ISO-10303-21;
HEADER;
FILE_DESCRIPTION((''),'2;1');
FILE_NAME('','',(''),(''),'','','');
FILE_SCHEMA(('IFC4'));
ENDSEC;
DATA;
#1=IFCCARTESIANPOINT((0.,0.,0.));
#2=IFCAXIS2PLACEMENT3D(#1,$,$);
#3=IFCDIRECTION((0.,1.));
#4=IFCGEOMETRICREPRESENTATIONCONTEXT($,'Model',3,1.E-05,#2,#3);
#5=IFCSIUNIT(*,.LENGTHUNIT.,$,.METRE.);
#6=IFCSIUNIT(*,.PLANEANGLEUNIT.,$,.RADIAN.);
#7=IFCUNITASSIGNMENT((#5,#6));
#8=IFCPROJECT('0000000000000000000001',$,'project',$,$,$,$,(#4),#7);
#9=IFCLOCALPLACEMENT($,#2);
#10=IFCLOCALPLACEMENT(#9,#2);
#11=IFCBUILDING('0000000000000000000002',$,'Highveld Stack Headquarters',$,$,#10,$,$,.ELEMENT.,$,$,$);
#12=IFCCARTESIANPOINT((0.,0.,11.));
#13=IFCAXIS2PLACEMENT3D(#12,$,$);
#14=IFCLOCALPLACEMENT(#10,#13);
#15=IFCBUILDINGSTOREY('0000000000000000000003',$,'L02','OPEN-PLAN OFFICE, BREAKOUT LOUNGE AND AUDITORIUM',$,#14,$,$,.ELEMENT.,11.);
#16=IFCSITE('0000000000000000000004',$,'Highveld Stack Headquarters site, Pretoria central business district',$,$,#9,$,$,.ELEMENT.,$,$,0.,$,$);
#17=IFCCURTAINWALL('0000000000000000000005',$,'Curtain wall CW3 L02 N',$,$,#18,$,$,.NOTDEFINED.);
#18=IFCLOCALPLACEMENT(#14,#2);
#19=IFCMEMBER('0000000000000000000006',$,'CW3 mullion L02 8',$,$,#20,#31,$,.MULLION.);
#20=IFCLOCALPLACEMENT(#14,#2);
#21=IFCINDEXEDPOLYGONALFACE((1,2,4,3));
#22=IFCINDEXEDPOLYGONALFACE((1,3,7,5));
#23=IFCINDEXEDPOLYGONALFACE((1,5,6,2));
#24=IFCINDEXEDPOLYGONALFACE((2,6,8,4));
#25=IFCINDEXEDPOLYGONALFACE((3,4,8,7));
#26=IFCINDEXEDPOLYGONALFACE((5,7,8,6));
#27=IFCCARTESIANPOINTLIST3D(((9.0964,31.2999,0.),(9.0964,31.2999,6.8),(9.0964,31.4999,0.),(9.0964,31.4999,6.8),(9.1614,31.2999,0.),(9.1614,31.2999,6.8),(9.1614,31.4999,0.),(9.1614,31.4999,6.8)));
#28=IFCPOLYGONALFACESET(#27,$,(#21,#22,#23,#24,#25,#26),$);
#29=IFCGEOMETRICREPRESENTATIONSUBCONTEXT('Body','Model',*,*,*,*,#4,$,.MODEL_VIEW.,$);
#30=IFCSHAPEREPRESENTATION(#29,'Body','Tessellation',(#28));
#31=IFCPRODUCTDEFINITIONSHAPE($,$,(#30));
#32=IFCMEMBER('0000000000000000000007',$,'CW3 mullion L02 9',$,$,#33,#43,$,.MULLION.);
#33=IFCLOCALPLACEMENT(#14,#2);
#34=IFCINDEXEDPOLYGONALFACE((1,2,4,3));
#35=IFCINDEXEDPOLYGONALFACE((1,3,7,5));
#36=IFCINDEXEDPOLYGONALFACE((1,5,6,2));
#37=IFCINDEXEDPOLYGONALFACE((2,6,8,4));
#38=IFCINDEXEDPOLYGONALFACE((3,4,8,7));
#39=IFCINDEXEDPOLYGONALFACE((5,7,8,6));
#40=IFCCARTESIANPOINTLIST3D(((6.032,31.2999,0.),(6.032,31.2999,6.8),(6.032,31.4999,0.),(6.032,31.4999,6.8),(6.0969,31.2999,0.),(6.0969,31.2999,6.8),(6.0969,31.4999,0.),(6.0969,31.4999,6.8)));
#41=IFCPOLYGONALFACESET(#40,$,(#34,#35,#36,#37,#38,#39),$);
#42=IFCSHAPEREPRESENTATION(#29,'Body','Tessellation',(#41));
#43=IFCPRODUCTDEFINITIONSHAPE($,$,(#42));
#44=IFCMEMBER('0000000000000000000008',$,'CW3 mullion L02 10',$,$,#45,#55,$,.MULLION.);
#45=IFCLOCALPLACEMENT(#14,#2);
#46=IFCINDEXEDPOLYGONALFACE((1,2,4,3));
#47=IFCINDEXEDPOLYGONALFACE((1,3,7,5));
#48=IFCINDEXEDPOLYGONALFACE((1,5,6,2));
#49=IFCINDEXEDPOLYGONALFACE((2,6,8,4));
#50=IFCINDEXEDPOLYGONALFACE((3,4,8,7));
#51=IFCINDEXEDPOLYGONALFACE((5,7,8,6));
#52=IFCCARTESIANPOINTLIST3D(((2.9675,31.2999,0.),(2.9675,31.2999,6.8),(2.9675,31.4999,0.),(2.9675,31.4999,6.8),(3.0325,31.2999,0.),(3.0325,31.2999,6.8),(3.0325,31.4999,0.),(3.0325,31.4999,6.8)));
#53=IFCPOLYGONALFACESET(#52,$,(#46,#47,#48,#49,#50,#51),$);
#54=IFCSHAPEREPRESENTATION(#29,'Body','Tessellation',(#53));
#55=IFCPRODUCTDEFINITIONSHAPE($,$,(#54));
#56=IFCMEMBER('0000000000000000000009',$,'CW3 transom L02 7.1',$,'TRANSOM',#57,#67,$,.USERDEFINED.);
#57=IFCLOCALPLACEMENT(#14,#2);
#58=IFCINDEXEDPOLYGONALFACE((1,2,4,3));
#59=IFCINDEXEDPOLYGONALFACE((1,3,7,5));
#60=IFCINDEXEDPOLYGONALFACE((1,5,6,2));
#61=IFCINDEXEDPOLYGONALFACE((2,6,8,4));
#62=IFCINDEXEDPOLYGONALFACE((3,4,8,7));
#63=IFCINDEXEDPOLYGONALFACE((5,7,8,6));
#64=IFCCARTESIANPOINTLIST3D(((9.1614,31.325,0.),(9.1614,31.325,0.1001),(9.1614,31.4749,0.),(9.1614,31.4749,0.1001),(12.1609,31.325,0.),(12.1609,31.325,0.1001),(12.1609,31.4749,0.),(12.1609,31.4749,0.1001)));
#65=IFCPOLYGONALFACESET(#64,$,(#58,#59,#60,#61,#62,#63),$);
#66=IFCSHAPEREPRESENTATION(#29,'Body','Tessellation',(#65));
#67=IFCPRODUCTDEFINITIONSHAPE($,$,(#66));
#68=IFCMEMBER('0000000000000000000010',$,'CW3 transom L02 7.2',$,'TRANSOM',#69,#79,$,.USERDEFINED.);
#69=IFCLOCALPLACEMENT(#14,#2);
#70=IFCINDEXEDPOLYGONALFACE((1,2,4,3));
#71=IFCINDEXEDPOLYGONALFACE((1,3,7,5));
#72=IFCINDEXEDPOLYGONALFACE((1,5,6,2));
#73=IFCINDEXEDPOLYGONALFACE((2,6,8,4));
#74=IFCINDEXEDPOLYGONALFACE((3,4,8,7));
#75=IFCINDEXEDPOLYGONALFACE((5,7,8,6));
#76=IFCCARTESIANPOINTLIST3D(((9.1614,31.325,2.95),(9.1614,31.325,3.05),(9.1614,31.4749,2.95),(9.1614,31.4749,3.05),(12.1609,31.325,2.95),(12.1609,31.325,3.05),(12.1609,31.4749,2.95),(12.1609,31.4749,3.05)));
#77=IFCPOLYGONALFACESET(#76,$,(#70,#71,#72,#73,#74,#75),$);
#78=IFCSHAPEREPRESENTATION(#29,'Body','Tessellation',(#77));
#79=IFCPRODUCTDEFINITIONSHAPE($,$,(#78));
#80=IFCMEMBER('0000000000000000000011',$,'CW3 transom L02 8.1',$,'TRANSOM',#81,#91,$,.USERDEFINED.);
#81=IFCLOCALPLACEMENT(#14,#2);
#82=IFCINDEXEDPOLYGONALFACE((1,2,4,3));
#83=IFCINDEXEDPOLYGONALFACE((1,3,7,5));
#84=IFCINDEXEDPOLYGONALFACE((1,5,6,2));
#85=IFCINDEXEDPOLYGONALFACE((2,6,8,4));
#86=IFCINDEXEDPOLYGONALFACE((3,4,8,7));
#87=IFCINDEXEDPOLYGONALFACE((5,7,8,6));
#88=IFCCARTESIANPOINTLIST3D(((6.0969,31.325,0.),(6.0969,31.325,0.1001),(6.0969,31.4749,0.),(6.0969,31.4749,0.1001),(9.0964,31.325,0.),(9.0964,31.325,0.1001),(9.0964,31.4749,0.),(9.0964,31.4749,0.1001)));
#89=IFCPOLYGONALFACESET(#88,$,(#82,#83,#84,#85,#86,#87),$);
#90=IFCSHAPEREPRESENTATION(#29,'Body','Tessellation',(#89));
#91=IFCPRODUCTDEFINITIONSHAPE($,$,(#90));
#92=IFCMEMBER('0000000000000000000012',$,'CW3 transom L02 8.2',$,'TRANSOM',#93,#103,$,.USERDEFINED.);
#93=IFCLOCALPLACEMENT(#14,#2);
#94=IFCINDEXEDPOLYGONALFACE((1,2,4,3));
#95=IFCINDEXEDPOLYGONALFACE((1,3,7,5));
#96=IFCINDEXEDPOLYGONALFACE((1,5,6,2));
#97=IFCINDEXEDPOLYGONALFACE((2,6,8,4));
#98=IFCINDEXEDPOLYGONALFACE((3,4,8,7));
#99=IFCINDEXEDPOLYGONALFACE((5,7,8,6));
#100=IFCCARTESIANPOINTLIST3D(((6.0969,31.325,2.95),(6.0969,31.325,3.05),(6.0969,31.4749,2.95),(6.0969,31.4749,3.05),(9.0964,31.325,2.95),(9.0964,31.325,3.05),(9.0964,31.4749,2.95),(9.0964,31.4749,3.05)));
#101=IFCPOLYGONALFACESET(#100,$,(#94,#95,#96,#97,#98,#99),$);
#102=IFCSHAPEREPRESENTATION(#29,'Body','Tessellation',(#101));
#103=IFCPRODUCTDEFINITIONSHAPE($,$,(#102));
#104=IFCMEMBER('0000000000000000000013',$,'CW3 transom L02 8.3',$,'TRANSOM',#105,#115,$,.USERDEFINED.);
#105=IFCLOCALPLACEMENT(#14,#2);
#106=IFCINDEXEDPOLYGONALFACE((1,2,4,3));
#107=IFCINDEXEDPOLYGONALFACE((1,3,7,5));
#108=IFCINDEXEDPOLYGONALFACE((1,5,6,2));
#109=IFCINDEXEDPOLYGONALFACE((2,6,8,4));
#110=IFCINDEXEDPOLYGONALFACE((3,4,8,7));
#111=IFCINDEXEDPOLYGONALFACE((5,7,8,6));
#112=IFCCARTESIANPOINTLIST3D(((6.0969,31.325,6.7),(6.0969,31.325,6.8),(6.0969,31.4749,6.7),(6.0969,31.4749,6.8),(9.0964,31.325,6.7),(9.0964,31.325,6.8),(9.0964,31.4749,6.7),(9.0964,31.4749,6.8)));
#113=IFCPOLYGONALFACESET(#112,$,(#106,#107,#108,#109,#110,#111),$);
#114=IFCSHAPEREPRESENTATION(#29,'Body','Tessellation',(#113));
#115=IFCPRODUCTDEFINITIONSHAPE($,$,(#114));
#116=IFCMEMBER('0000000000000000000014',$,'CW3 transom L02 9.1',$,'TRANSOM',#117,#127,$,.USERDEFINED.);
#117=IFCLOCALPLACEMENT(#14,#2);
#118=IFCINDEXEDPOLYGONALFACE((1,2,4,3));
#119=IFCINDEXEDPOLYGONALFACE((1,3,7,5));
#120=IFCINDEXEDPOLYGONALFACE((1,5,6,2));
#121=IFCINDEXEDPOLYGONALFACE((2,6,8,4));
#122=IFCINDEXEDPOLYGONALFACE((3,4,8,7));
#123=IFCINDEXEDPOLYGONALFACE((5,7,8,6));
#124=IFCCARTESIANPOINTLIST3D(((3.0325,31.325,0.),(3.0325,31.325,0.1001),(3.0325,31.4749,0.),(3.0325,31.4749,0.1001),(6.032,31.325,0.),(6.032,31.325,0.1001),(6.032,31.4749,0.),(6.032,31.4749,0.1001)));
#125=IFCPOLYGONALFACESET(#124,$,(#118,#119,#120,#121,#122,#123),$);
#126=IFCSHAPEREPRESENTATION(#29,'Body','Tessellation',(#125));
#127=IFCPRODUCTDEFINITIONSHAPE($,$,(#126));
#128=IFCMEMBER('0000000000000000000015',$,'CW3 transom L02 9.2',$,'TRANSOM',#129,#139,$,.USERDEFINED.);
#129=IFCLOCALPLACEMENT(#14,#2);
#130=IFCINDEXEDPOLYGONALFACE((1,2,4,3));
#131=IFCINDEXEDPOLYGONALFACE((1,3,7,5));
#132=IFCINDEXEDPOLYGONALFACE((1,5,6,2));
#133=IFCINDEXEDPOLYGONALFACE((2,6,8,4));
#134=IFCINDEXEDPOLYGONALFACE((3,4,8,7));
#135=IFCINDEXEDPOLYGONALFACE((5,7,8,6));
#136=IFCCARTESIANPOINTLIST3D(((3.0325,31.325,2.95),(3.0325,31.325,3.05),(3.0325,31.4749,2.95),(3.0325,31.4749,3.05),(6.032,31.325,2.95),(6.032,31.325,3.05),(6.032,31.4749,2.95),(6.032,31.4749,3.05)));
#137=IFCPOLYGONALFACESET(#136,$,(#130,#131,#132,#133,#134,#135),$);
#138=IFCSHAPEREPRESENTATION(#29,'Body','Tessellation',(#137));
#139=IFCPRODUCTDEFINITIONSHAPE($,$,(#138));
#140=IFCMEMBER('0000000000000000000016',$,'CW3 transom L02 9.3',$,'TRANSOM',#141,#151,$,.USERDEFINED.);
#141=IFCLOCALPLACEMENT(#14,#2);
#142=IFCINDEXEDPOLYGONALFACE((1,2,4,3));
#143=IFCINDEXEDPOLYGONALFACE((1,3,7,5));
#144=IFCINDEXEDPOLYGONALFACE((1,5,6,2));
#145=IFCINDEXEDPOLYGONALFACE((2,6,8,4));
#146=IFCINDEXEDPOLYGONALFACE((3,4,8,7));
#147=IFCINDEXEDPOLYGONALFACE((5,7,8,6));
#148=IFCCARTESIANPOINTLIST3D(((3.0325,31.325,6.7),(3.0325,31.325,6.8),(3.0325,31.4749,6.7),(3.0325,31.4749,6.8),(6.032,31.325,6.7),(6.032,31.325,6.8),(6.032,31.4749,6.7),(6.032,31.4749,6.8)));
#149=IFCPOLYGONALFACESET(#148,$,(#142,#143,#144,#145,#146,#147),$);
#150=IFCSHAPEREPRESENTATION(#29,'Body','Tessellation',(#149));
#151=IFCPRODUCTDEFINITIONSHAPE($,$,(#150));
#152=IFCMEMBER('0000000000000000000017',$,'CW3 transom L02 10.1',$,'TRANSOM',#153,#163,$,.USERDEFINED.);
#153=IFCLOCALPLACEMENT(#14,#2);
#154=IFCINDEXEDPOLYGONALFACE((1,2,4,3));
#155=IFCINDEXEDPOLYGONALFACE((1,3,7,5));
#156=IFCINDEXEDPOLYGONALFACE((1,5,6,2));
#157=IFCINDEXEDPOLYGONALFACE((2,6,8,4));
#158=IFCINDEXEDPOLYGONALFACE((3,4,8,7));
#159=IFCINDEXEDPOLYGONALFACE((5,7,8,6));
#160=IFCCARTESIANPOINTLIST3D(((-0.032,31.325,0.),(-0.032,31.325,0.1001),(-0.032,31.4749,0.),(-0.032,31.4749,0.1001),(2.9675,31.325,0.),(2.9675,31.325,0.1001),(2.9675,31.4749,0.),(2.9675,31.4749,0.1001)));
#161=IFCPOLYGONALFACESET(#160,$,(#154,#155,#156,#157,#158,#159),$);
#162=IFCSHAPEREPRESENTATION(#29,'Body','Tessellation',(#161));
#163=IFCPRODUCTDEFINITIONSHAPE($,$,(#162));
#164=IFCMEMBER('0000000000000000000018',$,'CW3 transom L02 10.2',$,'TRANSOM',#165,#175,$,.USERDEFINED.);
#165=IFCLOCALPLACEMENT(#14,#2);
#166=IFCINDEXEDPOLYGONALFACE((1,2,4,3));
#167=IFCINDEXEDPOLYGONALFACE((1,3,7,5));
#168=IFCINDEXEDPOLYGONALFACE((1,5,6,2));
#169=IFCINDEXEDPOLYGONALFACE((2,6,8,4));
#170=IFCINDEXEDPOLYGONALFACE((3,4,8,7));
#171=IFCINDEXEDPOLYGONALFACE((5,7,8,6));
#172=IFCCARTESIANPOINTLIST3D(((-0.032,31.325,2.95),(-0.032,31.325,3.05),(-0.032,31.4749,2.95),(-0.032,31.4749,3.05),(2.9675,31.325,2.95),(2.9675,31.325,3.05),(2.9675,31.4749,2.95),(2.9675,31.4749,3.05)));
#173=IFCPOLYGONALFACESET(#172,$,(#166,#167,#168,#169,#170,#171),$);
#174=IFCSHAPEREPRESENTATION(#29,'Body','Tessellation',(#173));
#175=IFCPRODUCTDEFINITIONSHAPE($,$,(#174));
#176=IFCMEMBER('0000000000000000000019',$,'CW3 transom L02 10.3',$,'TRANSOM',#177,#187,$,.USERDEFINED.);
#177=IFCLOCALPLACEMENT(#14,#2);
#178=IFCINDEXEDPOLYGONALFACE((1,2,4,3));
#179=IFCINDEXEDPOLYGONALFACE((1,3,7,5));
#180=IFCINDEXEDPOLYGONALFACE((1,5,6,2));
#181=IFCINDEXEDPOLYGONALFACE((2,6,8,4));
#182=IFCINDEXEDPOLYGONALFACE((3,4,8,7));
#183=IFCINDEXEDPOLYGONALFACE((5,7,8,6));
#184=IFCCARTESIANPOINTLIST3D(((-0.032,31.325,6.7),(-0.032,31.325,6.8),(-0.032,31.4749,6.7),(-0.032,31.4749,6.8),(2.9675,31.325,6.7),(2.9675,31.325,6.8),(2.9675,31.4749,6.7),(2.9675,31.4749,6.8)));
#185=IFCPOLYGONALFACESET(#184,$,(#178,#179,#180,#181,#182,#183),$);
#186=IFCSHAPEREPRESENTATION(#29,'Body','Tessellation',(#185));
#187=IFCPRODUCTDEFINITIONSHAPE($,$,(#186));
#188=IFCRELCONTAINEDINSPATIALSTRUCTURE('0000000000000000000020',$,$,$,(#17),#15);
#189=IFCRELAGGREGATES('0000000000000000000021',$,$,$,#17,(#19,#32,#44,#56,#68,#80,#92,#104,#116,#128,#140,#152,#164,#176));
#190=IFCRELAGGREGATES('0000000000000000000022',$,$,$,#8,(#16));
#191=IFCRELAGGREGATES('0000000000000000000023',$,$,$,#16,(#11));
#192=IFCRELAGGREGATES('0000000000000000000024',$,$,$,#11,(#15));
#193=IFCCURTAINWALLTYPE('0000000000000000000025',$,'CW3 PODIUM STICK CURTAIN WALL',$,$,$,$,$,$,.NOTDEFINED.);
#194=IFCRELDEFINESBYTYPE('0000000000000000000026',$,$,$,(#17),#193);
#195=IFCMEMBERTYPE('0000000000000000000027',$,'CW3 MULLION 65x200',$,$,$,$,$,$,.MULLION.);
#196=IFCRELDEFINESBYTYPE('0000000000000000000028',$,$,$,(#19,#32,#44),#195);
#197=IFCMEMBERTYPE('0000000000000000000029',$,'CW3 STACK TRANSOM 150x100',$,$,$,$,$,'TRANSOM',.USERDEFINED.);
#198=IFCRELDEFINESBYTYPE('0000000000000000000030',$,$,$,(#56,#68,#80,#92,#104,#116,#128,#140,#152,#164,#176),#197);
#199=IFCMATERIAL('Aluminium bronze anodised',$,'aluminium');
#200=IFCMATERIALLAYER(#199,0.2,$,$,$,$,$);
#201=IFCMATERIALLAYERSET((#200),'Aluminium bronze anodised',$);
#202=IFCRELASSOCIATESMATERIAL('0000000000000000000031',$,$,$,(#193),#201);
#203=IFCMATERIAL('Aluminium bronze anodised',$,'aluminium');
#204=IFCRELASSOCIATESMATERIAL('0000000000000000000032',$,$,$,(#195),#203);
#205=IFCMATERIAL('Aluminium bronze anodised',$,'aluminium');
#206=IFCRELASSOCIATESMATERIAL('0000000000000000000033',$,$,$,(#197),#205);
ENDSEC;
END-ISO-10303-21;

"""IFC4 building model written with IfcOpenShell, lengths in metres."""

from ifc_helpers import new_model, si_unit, direction, frame, origin, origin_2d, place, context, subcontext, project, spatial, rectangle, extrude, material, layer, layer_set, material_profile, profile_set, type_object, element, aggregate, save


model = new_model("IFC4")

# Units and contexts
model_context = context("Model", 3, precision=1e-05, world=origin(), true_north=direction((0.0, 1.0)))
body_context = subcontext(model_context, "Body", "Model", "MODEL_VIEW")
ifc_project = project(units=[si_unit("LENGTHUNIT", "METRE"), si_unit("PLANEANGLEUNIT", "RADIAN")], contexts=[model_context])

# Site, building, storey
site_placement = place(None, origin())
site = spatial("IfcSite", under=ifc_project, at=site_placement, Name="Highveld Stack Headquarters site, Pretoria central business district", CompositionType="ELEMENT", RefElevation=0.0)
building_placement = place(site_placement, origin())
building = spatial("IfcBuilding", under=site, at=building_placement, Name="Highveld Stack Headquarters", CompositionType="ELEMENT")
storey_placement = place(building_placement, frame((0.0, 0.0, 11.0)))
storey = spatial("IfcBuildingStorey", under=building, at=storey_placement, Name="L02", Description="OPEN-PLAN OFFICE, BREAKOUT LOUNGE AND AUDITORIUM", CompositionType="ELEMENT", Elevation=11.0)

# Curtain wall, members
ifc_material_1 = material(Name="Aluminium bronze anodised", Category="aluminium")
ifc_layer_1 = layer(ifc_material_1, 0.2)
ifc_layer_set_1 = layer_set([ifc_layer_1], Name="Aluminium bronze anodised")
curtain_wall_type = type_object("IfcCurtainWallType", Name="CW3 PODIUM STICK CURTAIN WALL", PredefinedType="NOTDEFINED", material=ifc_layer_set_1)
curtain_wall_placement = place(storey_placement, origin())
curtain_wall = element("IfcCurtainWall", 1, at=curtain_wall_placement, inside=storey, type_object=curtain_wall_type, Name="Curtain wall CW3 L02 N", PredefinedType="NOTDEFINED")
ifc_material_2 = material(Name="Aluminium bronze anodised", Category="aluminium")
ifc_material_profile_1 = material_profile(ifc_material_2, rectangle(XDim=0.2, YDim=0.0649, at=origin_2d()), Name="CW3 MULLION 65x200")
ifc_profile_set_1 = profile_set([ifc_material_profile_1], Name="Aluminium bronze anodised")
member_type_1 = type_object("IfcMemberType", Name="CW3 MULLION 65x200", PredefinedType="MULLION", material=ifc_profile_set_1)
member_1_placement = place(storey_placement, frame((9.1289, 31.3999, 0.0), z_axis=(0.0, 0.0, 1.0), x_axis=(0.0, -1.0, 0.0)))
member_1 = element("IfcMember", 2, at=member_1_placement, type_object=member_type_1, Name="CW3 mullion L02 8", PredefinedType="MULLION", context=body_context, shape_type="SweptSolid", body=[
    extrude(rectangle(XDim=0.2, YDim=0.0649, at=origin_2d()), origin(), (0.0, 0.0, 1.0), 6.8),
])
member_2_placement = place(storey_placement, frame((6.0645, 31.3999, 0.0), z_axis=(0.0, 0.0, 1.0), x_axis=(0.0, -1.0, 0.0)))
member_2 = element("IfcMember", 3, at=member_2_placement, type_object=member_type_1, Name="CW3 mullion L02 9", PredefinedType="MULLION", context=body_context, shape_type="SweptSolid", body=[
    extrude(rectangle(XDim=0.2, YDim=0.0649, at=origin_2d()), origin(), (0.0, 0.0, 1.0), 6.8),
])
member_3_placement = place(storey_placement, frame((3.0, 31.3999, 0.0), z_axis=(0.0, 0.0, 1.0), x_axis=(0.0, -1.0, 0.0)))
member_3 = element("IfcMember", 4, at=member_3_placement, type_object=member_type_1, Name="CW3 mullion L02 10", PredefinedType="MULLION", context=body_context, shape_type="SweptSolid", body=[
    extrude(rectangle(XDim=0.2, YDim=0.0649, at=origin_2d()), origin(), (0.0, 0.0, 1.0), 6.8),
])
ifc_material_3 = material(Name="Aluminium bronze anodised", Category="aluminium")
ifc_material_profile_2 = material_profile(ifc_material_3, rectangle(XDim=0.1499, YDim=0.1001, at=origin_2d()), Name="CW3 TRANSOM 150x100")
ifc_profile_set_2 = profile_set([ifc_material_profile_2], Name="Aluminium bronze anodised")
member_type_2 = type_object("IfcMemberType", Name="CW3 STACK TRANSOM 150x100", ElementType="TRANSOM", PredefinedType="USERDEFINED", material=ifc_profile_set_2)
member_4_placement = place(storey_placement, frame((12.1609, 31.3999, 0.05), z_axis=(-1.0, 0.0, 0.0), x_axis=(0.0, -1.0, 0.0)))
member_4 = element("IfcMember", 5, at=member_4_placement, type_object=member_type_2, Name="CW3 transom L02 7.1", ObjectType="TRANSOM", PredefinedType="USERDEFINED", context=body_context, shape_type="SweptSolid", body=[
    extrude(rectangle(XDim=0.1499, YDim=0.1001, at=origin_2d()), origin(), (0.0, 0.0, 1.0), 2.9995),
])
member_5_placement = place(storey_placement, frame((12.1609, 31.3999, 3.0), z_axis=(-1.0, 0.0, 0.0), x_axis=(0.0, -1.0, 0.0)))
member_5 = element("IfcMember", 6, at=member_5_placement, type_object=member_type_2, Name="CW3 transom L02 7.2", ObjectType="TRANSOM", PredefinedType="USERDEFINED", context=body_context, shape_type="SweptSolid", body=[
    extrude(rectangle(XDim=0.1499, YDim=0.1001, at=origin_2d()), origin(), (0.0, 0.0, 1.0), 2.9995),
])
member_6_placement = place(storey_placement, frame((9.0964, 31.3999, 0.05), z_axis=(-1.0, 0.0, 0.0), x_axis=(0.0, -1.0, 0.0)))
member_6 = element("IfcMember", 7, at=member_6_placement, type_object=member_type_2, Name="CW3 transom L02 8.1", ObjectType="TRANSOM", PredefinedType="USERDEFINED", context=body_context, shape_type="SweptSolid", body=[
    extrude(rectangle(XDim=0.1499, YDim=0.1001, at=origin_2d()), origin(), (0.0, 0.0, 1.0), 2.9995),
])
member_7_placement = place(storey_placement, frame((9.0964, 31.3999, 3.0), z_axis=(-1.0, 0.0, 0.0), x_axis=(0.0, -1.0, 0.0)))
member_7 = element("IfcMember", 8, at=member_7_placement, type_object=member_type_2, Name="CW3 transom L02 8.2", ObjectType="TRANSOM", PredefinedType="USERDEFINED", context=body_context, shape_type="SweptSolid", body=[
    extrude(rectangle(XDim=0.1499, YDim=0.1001, at=origin_2d()), origin(), (0.0, 0.0, 1.0), 2.9995),
])
member_8_placement = place(storey_placement, frame((9.0964, 31.3999, 6.75), z_axis=(-1.0, 0.0, 0.0), x_axis=(0.0, -1.0, 0.0)))
member_8 = element("IfcMember", 9, at=member_8_placement, type_object=member_type_2, Name="CW3 transom L02 8.3", ObjectType="TRANSOM", PredefinedType="USERDEFINED", context=body_context, shape_type="SweptSolid", body=[
    extrude(rectangle(XDim=0.1499, YDim=0.1001, at=origin_2d()), origin(), (0.0, 0.0, 1.0), 2.9995),
])
member_9_placement = place(storey_placement, frame((6.032, 31.3999, 0.05), z_axis=(-1.0, 0.0, 0.0), x_axis=(0.0, -1.0, 0.0)))
member_9 = element("IfcMember", 10, at=member_9_placement, type_object=member_type_2, Name="CW3 transom L02 9.1", ObjectType="TRANSOM", PredefinedType="USERDEFINED", context=body_context, shape_type="SweptSolid", body=[
    extrude(rectangle(XDim=0.1499, YDim=0.1001, at=origin_2d()), origin(), (0.0, 0.0, 1.0), 2.9995),
])
member_10_placement = place(storey_placement, frame((6.032, 31.3999, 3.0), z_axis=(-1.0, 0.0, 0.0), x_axis=(0.0, -1.0, 0.0)))
member_10 = element("IfcMember", 11, at=member_10_placement, type_object=member_type_2, Name="CW3 transom L02 9.2", ObjectType="TRANSOM", PredefinedType="USERDEFINED", context=body_context, shape_type="SweptSolid", body=[
    extrude(rectangle(XDim=0.1499, YDim=0.1001, at=origin_2d()), origin(), (0.0, 0.0, 1.0), 2.9995),
])
member_11_placement = place(storey_placement, frame((6.032, 31.3999, 6.75), z_axis=(-1.0, 0.0, 0.0), x_axis=(0.0, -1.0, 0.0)))
member_11 = element("IfcMember", 12, at=member_11_placement, type_object=member_type_2, Name="CW3 transom L02 9.3", ObjectType="TRANSOM", PredefinedType="USERDEFINED", context=body_context, shape_type="SweptSolid", body=[
    extrude(rectangle(XDim=0.1499, YDim=0.1001, at=origin_2d()), origin(), (0.0, 0.0, 1.0), 2.9995),
])
member_12_placement = place(storey_placement, frame((2.9675, 31.3999, 0.05), z_axis=(-1.0, 0.0, 0.0), x_axis=(0.0, -1.0, 0.0)))
member_12 = element("IfcMember", 13, at=member_12_placement, type_object=member_type_2, Name="CW3 transom L02 10.1", ObjectType="TRANSOM", PredefinedType="USERDEFINED", context=body_context, shape_type="SweptSolid", body=[
    extrude(rectangle(XDim=0.1499, YDim=0.1001, at=origin_2d()), origin(), (0.0, 0.0, 1.0), 2.9995),
])
member_13_placement = place(storey_placement, frame((2.9675, 31.3999, 3.0), z_axis=(-1.0, 0.0, 0.0), x_axis=(0.0, -1.0, 0.0)))
member_13 = element("IfcMember", 14, at=member_13_placement, type_object=member_type_2, Name="CW3 transom L02 10.2", ObjectType="TRANSOM", PredefinedType="USERDEFINED", context=body_context, shape_type="SweptSolid", body=[
    extrude(rectangle(XDim=0.1499, YDim=0.1001, at=origin_2d()), origin(), (0.0, 0.0, 1.0), 2.9995),
])
member_14_placement = place(storey_placement, frame((2.9675, 31.3999, 6.75), z_axis=(-1.0, 0.0, 0.0), x_axis=(0.0, -1.0, 0.0)))
member_14 = element("IfcMember", 15, at=member_14_placement, type_object=member_type_2, Name="CW3 transom L02 10.3", ObjectType="TRANSOM", PredefinedType="USERDEFINED", context=body_context, shape_type="SweptSolid", body=[
    extrude(rectangle(XDim=0.1499, YDim=0.1001, at=origin_2d()), origin(), (0.0, 0.0, 1.0), 2.9995),
])
aggregate(curtain_wall, [member_1, member_2, member_3, member_4, member_5, member_6, member_7, member_8, member_9, member_10, member_11, member_12, member_13, member_14])

save(model, "model.ifc")
